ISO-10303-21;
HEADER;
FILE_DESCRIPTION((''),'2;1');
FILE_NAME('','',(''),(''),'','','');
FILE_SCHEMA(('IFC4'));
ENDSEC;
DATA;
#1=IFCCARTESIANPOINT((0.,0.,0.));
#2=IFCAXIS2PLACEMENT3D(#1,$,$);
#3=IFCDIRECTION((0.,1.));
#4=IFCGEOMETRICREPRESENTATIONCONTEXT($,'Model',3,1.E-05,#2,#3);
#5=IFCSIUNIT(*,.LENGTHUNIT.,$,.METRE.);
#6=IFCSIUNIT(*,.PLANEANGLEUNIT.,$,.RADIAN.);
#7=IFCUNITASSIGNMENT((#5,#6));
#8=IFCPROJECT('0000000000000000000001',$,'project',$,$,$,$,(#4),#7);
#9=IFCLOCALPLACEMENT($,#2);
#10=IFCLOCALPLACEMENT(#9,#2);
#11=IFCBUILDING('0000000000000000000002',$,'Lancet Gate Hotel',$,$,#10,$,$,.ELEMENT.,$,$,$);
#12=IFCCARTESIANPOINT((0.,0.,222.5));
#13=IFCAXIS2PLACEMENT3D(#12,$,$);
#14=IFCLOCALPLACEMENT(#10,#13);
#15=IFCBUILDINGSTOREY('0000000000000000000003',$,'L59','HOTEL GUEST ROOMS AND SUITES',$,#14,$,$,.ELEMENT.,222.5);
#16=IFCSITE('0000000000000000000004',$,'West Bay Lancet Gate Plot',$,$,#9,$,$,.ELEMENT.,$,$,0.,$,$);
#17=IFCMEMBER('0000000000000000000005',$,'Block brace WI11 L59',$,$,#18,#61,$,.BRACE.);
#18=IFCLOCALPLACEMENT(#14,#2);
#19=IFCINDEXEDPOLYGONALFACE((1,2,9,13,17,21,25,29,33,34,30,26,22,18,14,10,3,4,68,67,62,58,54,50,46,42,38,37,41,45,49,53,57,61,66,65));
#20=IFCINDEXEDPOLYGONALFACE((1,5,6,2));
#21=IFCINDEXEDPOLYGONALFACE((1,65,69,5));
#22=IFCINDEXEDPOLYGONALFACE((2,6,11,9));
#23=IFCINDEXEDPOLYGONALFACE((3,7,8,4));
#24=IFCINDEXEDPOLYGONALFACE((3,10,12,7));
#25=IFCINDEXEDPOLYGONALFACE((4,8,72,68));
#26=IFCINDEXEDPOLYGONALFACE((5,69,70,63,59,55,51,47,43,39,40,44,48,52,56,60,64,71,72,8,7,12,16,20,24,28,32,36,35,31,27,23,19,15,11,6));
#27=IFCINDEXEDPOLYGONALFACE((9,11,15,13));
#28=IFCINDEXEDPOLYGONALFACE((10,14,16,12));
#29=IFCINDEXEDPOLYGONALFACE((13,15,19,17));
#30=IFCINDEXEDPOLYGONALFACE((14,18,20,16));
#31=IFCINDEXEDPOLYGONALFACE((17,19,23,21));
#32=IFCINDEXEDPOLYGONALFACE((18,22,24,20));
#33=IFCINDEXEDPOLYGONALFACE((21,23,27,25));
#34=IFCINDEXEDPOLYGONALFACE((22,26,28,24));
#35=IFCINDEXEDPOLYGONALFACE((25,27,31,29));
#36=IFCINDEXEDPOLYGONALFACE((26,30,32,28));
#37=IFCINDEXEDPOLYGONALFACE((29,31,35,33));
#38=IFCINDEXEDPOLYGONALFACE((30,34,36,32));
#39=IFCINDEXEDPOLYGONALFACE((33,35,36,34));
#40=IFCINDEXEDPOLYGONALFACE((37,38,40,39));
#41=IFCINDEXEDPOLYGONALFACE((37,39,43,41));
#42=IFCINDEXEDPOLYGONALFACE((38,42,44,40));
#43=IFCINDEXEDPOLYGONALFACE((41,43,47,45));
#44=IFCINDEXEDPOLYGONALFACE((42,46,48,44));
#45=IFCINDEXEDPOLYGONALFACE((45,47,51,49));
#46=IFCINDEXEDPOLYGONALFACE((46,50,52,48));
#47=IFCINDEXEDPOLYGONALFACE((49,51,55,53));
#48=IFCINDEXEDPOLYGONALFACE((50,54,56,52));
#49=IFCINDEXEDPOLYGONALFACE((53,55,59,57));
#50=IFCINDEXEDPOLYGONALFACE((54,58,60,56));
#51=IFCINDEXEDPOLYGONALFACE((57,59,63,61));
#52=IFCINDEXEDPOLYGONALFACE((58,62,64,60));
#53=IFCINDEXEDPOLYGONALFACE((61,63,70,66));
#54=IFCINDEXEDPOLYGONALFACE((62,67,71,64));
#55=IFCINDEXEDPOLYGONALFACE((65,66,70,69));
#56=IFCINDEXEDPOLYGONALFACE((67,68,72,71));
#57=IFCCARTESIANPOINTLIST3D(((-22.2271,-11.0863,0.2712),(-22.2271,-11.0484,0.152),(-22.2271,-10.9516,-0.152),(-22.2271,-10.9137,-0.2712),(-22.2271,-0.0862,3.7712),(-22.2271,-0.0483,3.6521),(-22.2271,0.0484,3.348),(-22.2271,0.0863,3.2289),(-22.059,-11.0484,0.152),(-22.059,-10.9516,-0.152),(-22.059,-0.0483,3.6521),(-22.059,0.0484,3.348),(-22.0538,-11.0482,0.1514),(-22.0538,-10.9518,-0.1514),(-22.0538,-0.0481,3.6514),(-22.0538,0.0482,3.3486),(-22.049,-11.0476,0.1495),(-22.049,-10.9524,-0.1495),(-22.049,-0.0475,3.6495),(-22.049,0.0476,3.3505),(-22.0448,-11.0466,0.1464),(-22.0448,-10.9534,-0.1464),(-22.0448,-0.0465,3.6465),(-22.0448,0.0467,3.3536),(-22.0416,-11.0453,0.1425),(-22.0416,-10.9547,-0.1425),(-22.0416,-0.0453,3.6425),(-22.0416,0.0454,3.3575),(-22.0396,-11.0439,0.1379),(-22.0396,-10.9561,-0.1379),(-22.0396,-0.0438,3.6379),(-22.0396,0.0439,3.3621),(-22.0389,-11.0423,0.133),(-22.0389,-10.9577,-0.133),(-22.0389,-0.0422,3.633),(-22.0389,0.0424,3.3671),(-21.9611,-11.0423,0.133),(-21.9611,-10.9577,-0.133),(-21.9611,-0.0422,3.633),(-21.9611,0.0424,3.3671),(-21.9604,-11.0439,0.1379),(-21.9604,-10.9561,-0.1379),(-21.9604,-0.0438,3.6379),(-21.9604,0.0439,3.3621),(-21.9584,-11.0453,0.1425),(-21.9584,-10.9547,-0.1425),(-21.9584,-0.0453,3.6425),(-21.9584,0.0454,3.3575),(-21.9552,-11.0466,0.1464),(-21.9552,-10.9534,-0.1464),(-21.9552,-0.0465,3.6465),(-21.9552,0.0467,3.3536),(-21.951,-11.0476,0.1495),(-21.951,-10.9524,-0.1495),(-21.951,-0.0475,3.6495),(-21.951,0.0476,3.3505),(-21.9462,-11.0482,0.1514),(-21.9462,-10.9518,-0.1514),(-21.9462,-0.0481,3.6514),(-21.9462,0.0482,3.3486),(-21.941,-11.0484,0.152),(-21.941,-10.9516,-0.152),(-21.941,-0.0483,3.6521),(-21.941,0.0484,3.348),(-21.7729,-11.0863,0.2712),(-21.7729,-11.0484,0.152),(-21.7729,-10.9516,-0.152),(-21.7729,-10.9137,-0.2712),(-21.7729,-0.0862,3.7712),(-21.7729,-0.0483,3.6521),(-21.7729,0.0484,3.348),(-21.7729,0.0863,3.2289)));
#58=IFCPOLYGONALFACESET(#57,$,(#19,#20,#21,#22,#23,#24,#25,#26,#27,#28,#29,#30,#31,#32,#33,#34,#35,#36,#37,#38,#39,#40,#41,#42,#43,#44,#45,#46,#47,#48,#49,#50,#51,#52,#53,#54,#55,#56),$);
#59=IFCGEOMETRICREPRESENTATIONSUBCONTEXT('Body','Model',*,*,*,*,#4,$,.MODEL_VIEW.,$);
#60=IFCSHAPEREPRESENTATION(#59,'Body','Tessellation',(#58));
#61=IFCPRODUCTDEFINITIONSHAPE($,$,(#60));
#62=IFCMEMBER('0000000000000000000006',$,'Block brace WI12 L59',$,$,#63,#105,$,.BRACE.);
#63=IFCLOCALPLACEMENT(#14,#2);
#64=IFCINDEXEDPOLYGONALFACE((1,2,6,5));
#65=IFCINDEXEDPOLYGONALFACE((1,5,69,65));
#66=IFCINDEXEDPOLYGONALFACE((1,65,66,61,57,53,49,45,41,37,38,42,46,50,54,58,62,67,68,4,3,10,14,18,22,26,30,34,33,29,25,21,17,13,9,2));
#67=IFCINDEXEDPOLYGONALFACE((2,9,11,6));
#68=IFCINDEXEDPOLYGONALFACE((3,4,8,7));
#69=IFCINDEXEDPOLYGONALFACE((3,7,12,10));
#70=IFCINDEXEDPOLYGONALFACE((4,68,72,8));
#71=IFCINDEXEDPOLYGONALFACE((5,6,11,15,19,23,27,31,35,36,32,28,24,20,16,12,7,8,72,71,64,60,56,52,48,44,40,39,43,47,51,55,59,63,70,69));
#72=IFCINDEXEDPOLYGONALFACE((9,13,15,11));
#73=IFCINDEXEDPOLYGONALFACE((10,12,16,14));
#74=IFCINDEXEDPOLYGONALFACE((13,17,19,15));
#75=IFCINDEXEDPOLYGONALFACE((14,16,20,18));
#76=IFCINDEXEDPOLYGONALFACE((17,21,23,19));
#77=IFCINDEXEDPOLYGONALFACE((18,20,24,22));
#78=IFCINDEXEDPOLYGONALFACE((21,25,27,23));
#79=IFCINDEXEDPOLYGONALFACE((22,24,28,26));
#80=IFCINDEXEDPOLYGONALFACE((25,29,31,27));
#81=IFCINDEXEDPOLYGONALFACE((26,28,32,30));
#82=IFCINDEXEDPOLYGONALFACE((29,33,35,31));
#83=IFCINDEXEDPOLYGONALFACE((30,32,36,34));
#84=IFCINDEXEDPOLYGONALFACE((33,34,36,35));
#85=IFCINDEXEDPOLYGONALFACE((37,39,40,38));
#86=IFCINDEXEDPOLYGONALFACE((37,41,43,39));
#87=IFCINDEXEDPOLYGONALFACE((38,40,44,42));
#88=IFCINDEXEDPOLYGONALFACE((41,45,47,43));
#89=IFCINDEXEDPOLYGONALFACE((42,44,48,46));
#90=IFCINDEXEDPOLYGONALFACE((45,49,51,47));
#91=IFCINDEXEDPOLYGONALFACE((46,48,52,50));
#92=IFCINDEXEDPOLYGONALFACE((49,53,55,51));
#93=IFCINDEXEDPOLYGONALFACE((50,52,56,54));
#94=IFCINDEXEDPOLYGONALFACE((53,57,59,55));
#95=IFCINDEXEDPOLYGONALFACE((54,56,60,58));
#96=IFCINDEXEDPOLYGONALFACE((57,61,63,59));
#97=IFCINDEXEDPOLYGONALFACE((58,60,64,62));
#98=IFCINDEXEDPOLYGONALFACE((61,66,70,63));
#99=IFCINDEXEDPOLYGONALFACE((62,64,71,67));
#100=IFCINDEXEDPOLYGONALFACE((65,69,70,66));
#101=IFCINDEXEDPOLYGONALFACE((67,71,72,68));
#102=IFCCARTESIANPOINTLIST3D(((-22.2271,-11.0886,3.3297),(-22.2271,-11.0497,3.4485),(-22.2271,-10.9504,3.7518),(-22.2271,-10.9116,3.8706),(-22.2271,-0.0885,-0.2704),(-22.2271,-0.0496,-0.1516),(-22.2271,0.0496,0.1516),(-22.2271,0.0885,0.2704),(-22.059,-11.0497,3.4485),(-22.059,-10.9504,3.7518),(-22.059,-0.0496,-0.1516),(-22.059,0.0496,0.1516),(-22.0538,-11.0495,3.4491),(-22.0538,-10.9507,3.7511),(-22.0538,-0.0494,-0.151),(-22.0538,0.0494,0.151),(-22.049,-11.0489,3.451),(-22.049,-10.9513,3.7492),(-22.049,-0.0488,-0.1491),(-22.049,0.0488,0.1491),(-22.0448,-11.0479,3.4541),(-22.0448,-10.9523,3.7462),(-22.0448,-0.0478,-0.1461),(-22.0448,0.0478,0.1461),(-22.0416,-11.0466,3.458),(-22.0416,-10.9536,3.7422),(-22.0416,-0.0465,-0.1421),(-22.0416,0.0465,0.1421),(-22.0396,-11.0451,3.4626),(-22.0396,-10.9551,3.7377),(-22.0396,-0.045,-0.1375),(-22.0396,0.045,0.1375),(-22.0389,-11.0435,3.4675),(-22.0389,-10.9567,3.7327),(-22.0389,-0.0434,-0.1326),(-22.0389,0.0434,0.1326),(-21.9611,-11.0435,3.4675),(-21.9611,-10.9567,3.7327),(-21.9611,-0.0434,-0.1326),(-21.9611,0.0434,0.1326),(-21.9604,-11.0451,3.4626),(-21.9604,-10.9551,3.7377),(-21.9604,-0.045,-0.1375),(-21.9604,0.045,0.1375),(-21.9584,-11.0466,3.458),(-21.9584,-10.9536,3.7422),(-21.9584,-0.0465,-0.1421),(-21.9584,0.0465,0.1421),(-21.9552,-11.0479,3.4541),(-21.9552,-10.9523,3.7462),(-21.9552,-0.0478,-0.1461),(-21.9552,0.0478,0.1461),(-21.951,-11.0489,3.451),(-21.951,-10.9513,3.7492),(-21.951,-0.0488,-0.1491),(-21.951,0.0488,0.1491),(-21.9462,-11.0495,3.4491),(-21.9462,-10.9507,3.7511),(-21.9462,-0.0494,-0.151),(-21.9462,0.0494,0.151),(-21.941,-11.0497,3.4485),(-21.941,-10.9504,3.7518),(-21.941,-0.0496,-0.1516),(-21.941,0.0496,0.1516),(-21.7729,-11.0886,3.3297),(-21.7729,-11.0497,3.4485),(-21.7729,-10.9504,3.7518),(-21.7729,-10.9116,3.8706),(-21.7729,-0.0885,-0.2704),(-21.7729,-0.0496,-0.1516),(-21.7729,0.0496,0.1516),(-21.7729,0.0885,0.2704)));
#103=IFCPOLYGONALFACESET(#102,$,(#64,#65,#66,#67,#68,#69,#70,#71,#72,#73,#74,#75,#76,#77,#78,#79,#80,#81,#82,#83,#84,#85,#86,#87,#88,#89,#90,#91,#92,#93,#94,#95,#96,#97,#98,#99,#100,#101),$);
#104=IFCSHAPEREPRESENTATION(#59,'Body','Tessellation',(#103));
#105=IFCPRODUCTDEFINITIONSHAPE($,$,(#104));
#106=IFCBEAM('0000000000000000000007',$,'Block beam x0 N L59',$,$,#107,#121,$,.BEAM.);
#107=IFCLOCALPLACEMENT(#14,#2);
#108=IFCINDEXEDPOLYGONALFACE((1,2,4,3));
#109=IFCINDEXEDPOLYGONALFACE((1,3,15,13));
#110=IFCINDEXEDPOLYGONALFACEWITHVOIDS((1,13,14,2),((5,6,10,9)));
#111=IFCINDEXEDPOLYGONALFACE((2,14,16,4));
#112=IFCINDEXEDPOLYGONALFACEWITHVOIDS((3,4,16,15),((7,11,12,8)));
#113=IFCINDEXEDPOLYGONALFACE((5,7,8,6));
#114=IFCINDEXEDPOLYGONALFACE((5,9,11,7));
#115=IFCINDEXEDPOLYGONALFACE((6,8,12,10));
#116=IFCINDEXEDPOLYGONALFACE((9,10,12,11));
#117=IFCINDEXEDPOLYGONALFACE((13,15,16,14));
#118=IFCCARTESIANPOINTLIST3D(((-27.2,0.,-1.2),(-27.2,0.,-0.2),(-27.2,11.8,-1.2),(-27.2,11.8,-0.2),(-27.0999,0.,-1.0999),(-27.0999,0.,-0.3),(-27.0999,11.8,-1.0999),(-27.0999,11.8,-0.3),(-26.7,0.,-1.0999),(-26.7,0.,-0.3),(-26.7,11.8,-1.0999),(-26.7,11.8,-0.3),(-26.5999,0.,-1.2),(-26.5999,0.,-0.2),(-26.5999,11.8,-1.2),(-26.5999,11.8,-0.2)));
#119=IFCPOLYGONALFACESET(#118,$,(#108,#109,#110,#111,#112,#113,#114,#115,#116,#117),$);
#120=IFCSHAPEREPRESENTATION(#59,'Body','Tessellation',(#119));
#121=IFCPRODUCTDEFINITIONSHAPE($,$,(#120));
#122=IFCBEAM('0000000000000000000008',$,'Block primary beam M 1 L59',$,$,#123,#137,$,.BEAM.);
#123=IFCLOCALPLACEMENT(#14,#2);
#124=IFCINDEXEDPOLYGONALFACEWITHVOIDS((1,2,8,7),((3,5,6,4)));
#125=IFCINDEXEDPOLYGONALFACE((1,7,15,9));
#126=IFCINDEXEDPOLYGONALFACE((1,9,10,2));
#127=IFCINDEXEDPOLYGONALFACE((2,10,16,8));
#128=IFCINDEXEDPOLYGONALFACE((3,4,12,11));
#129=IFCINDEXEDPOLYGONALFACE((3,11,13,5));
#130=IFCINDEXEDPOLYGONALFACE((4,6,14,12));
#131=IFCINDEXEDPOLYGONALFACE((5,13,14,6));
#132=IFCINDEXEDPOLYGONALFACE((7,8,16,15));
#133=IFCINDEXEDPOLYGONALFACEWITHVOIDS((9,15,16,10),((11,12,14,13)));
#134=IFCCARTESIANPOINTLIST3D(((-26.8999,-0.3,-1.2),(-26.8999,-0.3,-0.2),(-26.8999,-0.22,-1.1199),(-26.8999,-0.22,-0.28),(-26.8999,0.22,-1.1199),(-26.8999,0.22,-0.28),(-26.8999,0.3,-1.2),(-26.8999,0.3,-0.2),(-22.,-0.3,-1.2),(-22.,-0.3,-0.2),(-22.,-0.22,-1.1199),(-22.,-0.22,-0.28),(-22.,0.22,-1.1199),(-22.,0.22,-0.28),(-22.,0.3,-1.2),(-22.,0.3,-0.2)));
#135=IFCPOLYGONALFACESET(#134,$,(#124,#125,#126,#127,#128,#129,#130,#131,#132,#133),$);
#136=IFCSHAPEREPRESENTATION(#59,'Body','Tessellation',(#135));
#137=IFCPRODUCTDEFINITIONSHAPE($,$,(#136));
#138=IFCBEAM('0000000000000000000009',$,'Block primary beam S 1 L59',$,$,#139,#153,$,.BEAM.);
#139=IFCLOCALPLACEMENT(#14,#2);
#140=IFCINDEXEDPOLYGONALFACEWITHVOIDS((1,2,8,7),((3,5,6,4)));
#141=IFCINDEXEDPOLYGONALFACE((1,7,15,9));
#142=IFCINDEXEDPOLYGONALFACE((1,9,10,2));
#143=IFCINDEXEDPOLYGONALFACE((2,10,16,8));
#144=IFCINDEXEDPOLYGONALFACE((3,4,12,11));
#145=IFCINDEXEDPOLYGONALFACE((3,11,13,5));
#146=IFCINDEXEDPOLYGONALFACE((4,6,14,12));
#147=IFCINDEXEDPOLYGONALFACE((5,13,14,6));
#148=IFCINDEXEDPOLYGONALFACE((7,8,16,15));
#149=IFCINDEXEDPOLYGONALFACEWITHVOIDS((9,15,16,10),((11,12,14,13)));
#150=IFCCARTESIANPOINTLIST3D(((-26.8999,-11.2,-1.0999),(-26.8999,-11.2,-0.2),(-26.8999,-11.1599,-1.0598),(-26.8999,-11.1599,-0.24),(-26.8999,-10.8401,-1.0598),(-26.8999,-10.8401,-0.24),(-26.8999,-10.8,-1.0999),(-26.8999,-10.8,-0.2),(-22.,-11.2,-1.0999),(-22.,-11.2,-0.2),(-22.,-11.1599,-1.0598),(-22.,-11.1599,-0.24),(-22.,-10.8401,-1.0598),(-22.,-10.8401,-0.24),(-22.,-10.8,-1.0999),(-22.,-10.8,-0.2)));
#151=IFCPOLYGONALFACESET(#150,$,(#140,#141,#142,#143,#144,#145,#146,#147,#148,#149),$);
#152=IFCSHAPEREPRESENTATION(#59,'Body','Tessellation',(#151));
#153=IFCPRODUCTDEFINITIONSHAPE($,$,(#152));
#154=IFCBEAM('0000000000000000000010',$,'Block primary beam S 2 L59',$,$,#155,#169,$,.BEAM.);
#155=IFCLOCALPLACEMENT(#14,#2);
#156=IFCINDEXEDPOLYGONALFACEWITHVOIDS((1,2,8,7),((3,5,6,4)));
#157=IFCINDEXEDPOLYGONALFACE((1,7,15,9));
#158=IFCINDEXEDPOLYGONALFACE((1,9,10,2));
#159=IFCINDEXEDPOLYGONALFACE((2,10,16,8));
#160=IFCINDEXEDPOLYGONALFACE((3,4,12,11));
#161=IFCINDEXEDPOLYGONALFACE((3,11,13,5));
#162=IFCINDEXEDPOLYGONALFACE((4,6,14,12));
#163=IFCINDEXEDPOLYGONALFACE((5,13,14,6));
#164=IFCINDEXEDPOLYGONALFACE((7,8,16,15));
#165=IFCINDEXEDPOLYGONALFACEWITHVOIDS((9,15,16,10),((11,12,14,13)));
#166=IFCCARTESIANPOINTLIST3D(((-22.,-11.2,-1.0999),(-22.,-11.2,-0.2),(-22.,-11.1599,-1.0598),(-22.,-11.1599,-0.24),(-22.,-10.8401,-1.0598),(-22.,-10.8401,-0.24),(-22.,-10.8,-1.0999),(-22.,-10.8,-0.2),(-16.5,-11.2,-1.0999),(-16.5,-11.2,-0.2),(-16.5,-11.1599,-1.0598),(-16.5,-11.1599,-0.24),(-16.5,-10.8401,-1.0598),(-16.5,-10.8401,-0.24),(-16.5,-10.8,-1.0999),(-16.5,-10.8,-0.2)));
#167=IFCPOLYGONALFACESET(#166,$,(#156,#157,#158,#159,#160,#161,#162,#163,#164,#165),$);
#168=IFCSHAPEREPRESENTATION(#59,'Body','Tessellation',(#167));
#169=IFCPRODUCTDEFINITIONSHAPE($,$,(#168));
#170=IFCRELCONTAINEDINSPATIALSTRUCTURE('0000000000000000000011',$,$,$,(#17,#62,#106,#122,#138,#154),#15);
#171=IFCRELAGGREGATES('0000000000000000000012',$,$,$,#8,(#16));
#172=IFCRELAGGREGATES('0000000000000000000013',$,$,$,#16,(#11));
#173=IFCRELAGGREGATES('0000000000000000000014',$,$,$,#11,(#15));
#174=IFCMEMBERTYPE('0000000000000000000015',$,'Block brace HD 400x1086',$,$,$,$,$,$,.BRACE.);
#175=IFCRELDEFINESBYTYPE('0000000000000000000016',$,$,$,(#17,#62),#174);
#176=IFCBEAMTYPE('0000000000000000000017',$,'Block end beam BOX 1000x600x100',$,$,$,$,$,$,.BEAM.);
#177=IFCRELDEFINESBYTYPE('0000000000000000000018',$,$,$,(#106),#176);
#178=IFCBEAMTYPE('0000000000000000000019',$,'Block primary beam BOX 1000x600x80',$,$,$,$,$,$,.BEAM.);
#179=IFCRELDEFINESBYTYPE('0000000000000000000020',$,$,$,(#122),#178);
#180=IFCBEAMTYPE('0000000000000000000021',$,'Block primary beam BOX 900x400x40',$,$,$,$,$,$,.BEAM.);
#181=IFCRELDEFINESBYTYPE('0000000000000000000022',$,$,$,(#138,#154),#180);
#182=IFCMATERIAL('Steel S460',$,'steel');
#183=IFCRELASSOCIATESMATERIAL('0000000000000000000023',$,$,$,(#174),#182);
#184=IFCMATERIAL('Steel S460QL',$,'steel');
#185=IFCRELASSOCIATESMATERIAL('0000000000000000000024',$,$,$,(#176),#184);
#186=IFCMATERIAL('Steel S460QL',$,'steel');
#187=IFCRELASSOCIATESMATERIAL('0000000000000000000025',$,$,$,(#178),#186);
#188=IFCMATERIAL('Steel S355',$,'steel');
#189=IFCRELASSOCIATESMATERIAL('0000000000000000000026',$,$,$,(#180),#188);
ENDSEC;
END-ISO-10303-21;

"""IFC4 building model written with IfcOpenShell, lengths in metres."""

from ifc_helpers import new_model, si_unit, direction, frame, origin, origin_2d, place, context, subcontext, project, spatial, hollow_rectangle, i_section, extrude, material, material_profile, profile_set, type_object, element, save


model = new_model("IFC4")

# Units and contexts
model_context = context("Model", 3, precision=1e-05, world=origin(), true_north=direction((0.0, 1.0)))
body_context = subcontext(model_context, "Body", "Model", "MODEL_VIEW")
ifc_project = project(units=[si_unit("LENGTHUNIT", "METRE"), si_unit("PLANEANGLEUNIT", "RADIAN")], contexts=[model_context])

# Site, building, storey
site_placement = place(None, origin())
site = spatial("IfcSite", under=ifc_project, at=site_placement, Name="West Bay Lancet Gate Plot", CompositionType="ELEMENT", RefElevation=0.0)
building_placement = place(site_placement, origin())
building = spatial("IfcBuilding", under=site, at=building_placement, Name="Lancet Gate Hotel", CompositionType="ELEMENT")
storey_placement = place(building_placement, frame((0.0, 0.0, 222.5)))
storey = spatial("IfcBuildingStorey", under=building, at=storey_placement, Name="L59", Description="HOTEL GUEST ROOMS AND SUITES", CompositionType="ELEMENT", Elevation=222.5)

# Members
ifc_material_1 = material(Name="Steel S460", Category="steel")
ifc_material_profile_1 = material_profile(ifc_material_1, i_section(OverallWidth=0.4541, OverallDepth=0.5691, WebThickness=0.0779, FlangeThickness=0.125, FilletRadius=0.02, at=origin_2d()), Name="HD 400x1086")
ifc_profile_set_1 = profile_set([ifc_material_profile_1], Name="Steel S460")
member_type = type_object("IfcMemberType", Name="Block brace HD 400x1086", PredefinedType="BRACE", material=ifc_profile_set_1)
member_1_placement = place(storey_placement, frame((-22.0, -11.0, 0.0), z_axis=(0.0, 0.952926, 0.303204), x_axis=(-1.0, 0.0, 0.0)))
element("IfcMember", 1, at=member_1_placement, inside=storey, type_object=member_type, Name="Block brace WI11 L59", PredefinedType="BRACE", context=body_context, shape_type="SweptSolid", body=[
    extrude(i_section(OverallWidth=0.4541, OverallDepth=0.5691, WebThickness=0.0779, FlangeThickness=0.125, FilletRadius=0.02, at=origin_2d()), origin(), (0.0, 0.0, 1.0), 11.5435),
])
member_2_placement = place(storey_placement, frame((-22.0, 0.0, 0.0), z_axis=(0.0, -0.950395, 0.311047), x_axis=(1.0, 0.0, 0.0)))
element("IfcMember", 2, at=member_2_placement, inside=storey, type_object=member_type, Name="Block brace WI12 L59", PredefinedType="BRACE", context=body_context, shape_type="SweptSolid", body=[
    extrude(i_section(OverallWidth=0.4541, OverallDepth=0.5691, WebThickness=0.0779, FlangeThickness=0.125, FilletRadius=0.02, at=origin_2d()), origin(), (0.0, 0.0, 1.0), 11.5742),
])

# Beams
ifc_material_2 = material(Name="Steel S460QL", Category="steel")
ifc_material_profile_2 = material_profile(ifc_material_2, hollow_rectangle(XDim=0.6001, YDim=1.0, WallThickness=0.1001, at=origin_2d()), Name="BOX 1000x600x100")
ifc_profile_set_2 = profile_set([ifc_material_profile_2], Name="Steel S460QL")
beam_type_1 = type_object("IfcBeamType", Name="Block end beam BOX 1000x600x100", PredefinedType="BEAM", material=ifc_profile_set_2)
beam_1_placement = place(storey_placement, frame((-26.8999, 0.0, -0.7), z_axis=(0.0, 1.0, 0.0), x_axis=(-1.0, 0.0, 0.0)))
element("IfcBeam", 3, at=beam_1_placement, inside=storey, type_object=beam_type_1, Name="Block beam x0 N L59", PredefinedType="BEAM", context=body_context, shape_type="SweptSolid", body=[
    extrude(hollow_rectangle(XDim=0.6001, YDim=1.0, WallThickness=0.1001, at=origin_2d()), origin(), (0.0, 0.0, 1.0), 11.8),
])
ifc_material_3 = material(Name="Steel S460QL", Category="steel")
ifc_material_profile_3 = material_profile(ifc_material_3, hollow_rectangle(XDim=0.6001, YDim=1.0, WallThickness=0.0801, at=origin_2d()), Name="BOX 1000x600x80")
ifc_profile_set_3 = profile_set([ifc_material_profile_3], Name="Steel S460QL")
beam_type_2 = type_object("IfcBeamType", Name="Block primary beam BOX 1000x600x80", PredefinedType="BEAM", material=ifc_profile_set_3)
beam_2_placement = place(storey_placement, frame((-26.8999, 0.0, -0.7), z_axis=(1.0, 0.0, 0.0), x_axis=(0.0, 1.0, 0.0)))
element("IfcBeam", 4, at=beam_2_placement, inside=storey, type_object=beam_type_2, Name="Block primary beam M 1 L59", PredefinedType="BEAM", context=body_context, shape_type="SweptSolid", body=[
    extrude(hollow_rectangle(XDim=0.6001, YDim=1.0, WallThickness=0.0801, at=origin_2d()), origin(), (0.0, 0.0, 1.0), 4.8999),
])
ifc_material_4 = material(Name="Steel S355", Category="steel")
ifc_material_profile_4 = material_profile(ifc_material_4, hollow_rectangle(XDim=0.3999, YDim=0.8999, WallThickness=0.04, at=origin_2d()), Name="BOX 900x400x40")
ifc_profile_set_4 = profile_set([ifc_material_profile_4], Name="Steel S355")
beam_type_3 = type_object("IfcBeamType", Name="Block primary beam BOX 900x400x40", PredefinedType="BEAM", material=ifc_profile_set_4)
beam_3_placement = place(storey_placement, frame((-26.8999, -11.0, -0.6499), z_axis=(1.0, 0.0, 0.0), x_axis=(0.0, 1.0, 0.0)))
element("IfcBeam", 5, at=beam_3_placement, inside=storey, type_object=beam_type_3, Name="Block primary beam S 1 L59", PredefinedType="BEAM", context=body_context, shape_type="SweptSolid", body=[
    extrude(hollow_rectangle(XDim=0.3999, YDim=0.8999, WallThickness=0.04, at=origin_2d()), origin(), (0.0, 0.0, 1.0), 4.8999),
])
beam_4_placement = place(storey_placement, frame((-22.0, -11.0, -0.6499), z_axis=(1.0, 0.0, 0.0), x_axis=(0.0, 1.0, 0.0)))
element("IfcBeam", 6, at=beam_4_placement, inside=storey, type_object=beam_type_3, Name="Block primary beam S 2 L59", PredefinedType="BEAM", context=body_context, shape_type="SweptSolid", body=[
    extrude(hollow_rectangle(XDim=0.3999, YDim=0.8999, WallThickness=0.04, at=origin_2d()), origin(), (0.0, 0.0, 1.0), 5.5),
])

save(model, "model.ifc")
